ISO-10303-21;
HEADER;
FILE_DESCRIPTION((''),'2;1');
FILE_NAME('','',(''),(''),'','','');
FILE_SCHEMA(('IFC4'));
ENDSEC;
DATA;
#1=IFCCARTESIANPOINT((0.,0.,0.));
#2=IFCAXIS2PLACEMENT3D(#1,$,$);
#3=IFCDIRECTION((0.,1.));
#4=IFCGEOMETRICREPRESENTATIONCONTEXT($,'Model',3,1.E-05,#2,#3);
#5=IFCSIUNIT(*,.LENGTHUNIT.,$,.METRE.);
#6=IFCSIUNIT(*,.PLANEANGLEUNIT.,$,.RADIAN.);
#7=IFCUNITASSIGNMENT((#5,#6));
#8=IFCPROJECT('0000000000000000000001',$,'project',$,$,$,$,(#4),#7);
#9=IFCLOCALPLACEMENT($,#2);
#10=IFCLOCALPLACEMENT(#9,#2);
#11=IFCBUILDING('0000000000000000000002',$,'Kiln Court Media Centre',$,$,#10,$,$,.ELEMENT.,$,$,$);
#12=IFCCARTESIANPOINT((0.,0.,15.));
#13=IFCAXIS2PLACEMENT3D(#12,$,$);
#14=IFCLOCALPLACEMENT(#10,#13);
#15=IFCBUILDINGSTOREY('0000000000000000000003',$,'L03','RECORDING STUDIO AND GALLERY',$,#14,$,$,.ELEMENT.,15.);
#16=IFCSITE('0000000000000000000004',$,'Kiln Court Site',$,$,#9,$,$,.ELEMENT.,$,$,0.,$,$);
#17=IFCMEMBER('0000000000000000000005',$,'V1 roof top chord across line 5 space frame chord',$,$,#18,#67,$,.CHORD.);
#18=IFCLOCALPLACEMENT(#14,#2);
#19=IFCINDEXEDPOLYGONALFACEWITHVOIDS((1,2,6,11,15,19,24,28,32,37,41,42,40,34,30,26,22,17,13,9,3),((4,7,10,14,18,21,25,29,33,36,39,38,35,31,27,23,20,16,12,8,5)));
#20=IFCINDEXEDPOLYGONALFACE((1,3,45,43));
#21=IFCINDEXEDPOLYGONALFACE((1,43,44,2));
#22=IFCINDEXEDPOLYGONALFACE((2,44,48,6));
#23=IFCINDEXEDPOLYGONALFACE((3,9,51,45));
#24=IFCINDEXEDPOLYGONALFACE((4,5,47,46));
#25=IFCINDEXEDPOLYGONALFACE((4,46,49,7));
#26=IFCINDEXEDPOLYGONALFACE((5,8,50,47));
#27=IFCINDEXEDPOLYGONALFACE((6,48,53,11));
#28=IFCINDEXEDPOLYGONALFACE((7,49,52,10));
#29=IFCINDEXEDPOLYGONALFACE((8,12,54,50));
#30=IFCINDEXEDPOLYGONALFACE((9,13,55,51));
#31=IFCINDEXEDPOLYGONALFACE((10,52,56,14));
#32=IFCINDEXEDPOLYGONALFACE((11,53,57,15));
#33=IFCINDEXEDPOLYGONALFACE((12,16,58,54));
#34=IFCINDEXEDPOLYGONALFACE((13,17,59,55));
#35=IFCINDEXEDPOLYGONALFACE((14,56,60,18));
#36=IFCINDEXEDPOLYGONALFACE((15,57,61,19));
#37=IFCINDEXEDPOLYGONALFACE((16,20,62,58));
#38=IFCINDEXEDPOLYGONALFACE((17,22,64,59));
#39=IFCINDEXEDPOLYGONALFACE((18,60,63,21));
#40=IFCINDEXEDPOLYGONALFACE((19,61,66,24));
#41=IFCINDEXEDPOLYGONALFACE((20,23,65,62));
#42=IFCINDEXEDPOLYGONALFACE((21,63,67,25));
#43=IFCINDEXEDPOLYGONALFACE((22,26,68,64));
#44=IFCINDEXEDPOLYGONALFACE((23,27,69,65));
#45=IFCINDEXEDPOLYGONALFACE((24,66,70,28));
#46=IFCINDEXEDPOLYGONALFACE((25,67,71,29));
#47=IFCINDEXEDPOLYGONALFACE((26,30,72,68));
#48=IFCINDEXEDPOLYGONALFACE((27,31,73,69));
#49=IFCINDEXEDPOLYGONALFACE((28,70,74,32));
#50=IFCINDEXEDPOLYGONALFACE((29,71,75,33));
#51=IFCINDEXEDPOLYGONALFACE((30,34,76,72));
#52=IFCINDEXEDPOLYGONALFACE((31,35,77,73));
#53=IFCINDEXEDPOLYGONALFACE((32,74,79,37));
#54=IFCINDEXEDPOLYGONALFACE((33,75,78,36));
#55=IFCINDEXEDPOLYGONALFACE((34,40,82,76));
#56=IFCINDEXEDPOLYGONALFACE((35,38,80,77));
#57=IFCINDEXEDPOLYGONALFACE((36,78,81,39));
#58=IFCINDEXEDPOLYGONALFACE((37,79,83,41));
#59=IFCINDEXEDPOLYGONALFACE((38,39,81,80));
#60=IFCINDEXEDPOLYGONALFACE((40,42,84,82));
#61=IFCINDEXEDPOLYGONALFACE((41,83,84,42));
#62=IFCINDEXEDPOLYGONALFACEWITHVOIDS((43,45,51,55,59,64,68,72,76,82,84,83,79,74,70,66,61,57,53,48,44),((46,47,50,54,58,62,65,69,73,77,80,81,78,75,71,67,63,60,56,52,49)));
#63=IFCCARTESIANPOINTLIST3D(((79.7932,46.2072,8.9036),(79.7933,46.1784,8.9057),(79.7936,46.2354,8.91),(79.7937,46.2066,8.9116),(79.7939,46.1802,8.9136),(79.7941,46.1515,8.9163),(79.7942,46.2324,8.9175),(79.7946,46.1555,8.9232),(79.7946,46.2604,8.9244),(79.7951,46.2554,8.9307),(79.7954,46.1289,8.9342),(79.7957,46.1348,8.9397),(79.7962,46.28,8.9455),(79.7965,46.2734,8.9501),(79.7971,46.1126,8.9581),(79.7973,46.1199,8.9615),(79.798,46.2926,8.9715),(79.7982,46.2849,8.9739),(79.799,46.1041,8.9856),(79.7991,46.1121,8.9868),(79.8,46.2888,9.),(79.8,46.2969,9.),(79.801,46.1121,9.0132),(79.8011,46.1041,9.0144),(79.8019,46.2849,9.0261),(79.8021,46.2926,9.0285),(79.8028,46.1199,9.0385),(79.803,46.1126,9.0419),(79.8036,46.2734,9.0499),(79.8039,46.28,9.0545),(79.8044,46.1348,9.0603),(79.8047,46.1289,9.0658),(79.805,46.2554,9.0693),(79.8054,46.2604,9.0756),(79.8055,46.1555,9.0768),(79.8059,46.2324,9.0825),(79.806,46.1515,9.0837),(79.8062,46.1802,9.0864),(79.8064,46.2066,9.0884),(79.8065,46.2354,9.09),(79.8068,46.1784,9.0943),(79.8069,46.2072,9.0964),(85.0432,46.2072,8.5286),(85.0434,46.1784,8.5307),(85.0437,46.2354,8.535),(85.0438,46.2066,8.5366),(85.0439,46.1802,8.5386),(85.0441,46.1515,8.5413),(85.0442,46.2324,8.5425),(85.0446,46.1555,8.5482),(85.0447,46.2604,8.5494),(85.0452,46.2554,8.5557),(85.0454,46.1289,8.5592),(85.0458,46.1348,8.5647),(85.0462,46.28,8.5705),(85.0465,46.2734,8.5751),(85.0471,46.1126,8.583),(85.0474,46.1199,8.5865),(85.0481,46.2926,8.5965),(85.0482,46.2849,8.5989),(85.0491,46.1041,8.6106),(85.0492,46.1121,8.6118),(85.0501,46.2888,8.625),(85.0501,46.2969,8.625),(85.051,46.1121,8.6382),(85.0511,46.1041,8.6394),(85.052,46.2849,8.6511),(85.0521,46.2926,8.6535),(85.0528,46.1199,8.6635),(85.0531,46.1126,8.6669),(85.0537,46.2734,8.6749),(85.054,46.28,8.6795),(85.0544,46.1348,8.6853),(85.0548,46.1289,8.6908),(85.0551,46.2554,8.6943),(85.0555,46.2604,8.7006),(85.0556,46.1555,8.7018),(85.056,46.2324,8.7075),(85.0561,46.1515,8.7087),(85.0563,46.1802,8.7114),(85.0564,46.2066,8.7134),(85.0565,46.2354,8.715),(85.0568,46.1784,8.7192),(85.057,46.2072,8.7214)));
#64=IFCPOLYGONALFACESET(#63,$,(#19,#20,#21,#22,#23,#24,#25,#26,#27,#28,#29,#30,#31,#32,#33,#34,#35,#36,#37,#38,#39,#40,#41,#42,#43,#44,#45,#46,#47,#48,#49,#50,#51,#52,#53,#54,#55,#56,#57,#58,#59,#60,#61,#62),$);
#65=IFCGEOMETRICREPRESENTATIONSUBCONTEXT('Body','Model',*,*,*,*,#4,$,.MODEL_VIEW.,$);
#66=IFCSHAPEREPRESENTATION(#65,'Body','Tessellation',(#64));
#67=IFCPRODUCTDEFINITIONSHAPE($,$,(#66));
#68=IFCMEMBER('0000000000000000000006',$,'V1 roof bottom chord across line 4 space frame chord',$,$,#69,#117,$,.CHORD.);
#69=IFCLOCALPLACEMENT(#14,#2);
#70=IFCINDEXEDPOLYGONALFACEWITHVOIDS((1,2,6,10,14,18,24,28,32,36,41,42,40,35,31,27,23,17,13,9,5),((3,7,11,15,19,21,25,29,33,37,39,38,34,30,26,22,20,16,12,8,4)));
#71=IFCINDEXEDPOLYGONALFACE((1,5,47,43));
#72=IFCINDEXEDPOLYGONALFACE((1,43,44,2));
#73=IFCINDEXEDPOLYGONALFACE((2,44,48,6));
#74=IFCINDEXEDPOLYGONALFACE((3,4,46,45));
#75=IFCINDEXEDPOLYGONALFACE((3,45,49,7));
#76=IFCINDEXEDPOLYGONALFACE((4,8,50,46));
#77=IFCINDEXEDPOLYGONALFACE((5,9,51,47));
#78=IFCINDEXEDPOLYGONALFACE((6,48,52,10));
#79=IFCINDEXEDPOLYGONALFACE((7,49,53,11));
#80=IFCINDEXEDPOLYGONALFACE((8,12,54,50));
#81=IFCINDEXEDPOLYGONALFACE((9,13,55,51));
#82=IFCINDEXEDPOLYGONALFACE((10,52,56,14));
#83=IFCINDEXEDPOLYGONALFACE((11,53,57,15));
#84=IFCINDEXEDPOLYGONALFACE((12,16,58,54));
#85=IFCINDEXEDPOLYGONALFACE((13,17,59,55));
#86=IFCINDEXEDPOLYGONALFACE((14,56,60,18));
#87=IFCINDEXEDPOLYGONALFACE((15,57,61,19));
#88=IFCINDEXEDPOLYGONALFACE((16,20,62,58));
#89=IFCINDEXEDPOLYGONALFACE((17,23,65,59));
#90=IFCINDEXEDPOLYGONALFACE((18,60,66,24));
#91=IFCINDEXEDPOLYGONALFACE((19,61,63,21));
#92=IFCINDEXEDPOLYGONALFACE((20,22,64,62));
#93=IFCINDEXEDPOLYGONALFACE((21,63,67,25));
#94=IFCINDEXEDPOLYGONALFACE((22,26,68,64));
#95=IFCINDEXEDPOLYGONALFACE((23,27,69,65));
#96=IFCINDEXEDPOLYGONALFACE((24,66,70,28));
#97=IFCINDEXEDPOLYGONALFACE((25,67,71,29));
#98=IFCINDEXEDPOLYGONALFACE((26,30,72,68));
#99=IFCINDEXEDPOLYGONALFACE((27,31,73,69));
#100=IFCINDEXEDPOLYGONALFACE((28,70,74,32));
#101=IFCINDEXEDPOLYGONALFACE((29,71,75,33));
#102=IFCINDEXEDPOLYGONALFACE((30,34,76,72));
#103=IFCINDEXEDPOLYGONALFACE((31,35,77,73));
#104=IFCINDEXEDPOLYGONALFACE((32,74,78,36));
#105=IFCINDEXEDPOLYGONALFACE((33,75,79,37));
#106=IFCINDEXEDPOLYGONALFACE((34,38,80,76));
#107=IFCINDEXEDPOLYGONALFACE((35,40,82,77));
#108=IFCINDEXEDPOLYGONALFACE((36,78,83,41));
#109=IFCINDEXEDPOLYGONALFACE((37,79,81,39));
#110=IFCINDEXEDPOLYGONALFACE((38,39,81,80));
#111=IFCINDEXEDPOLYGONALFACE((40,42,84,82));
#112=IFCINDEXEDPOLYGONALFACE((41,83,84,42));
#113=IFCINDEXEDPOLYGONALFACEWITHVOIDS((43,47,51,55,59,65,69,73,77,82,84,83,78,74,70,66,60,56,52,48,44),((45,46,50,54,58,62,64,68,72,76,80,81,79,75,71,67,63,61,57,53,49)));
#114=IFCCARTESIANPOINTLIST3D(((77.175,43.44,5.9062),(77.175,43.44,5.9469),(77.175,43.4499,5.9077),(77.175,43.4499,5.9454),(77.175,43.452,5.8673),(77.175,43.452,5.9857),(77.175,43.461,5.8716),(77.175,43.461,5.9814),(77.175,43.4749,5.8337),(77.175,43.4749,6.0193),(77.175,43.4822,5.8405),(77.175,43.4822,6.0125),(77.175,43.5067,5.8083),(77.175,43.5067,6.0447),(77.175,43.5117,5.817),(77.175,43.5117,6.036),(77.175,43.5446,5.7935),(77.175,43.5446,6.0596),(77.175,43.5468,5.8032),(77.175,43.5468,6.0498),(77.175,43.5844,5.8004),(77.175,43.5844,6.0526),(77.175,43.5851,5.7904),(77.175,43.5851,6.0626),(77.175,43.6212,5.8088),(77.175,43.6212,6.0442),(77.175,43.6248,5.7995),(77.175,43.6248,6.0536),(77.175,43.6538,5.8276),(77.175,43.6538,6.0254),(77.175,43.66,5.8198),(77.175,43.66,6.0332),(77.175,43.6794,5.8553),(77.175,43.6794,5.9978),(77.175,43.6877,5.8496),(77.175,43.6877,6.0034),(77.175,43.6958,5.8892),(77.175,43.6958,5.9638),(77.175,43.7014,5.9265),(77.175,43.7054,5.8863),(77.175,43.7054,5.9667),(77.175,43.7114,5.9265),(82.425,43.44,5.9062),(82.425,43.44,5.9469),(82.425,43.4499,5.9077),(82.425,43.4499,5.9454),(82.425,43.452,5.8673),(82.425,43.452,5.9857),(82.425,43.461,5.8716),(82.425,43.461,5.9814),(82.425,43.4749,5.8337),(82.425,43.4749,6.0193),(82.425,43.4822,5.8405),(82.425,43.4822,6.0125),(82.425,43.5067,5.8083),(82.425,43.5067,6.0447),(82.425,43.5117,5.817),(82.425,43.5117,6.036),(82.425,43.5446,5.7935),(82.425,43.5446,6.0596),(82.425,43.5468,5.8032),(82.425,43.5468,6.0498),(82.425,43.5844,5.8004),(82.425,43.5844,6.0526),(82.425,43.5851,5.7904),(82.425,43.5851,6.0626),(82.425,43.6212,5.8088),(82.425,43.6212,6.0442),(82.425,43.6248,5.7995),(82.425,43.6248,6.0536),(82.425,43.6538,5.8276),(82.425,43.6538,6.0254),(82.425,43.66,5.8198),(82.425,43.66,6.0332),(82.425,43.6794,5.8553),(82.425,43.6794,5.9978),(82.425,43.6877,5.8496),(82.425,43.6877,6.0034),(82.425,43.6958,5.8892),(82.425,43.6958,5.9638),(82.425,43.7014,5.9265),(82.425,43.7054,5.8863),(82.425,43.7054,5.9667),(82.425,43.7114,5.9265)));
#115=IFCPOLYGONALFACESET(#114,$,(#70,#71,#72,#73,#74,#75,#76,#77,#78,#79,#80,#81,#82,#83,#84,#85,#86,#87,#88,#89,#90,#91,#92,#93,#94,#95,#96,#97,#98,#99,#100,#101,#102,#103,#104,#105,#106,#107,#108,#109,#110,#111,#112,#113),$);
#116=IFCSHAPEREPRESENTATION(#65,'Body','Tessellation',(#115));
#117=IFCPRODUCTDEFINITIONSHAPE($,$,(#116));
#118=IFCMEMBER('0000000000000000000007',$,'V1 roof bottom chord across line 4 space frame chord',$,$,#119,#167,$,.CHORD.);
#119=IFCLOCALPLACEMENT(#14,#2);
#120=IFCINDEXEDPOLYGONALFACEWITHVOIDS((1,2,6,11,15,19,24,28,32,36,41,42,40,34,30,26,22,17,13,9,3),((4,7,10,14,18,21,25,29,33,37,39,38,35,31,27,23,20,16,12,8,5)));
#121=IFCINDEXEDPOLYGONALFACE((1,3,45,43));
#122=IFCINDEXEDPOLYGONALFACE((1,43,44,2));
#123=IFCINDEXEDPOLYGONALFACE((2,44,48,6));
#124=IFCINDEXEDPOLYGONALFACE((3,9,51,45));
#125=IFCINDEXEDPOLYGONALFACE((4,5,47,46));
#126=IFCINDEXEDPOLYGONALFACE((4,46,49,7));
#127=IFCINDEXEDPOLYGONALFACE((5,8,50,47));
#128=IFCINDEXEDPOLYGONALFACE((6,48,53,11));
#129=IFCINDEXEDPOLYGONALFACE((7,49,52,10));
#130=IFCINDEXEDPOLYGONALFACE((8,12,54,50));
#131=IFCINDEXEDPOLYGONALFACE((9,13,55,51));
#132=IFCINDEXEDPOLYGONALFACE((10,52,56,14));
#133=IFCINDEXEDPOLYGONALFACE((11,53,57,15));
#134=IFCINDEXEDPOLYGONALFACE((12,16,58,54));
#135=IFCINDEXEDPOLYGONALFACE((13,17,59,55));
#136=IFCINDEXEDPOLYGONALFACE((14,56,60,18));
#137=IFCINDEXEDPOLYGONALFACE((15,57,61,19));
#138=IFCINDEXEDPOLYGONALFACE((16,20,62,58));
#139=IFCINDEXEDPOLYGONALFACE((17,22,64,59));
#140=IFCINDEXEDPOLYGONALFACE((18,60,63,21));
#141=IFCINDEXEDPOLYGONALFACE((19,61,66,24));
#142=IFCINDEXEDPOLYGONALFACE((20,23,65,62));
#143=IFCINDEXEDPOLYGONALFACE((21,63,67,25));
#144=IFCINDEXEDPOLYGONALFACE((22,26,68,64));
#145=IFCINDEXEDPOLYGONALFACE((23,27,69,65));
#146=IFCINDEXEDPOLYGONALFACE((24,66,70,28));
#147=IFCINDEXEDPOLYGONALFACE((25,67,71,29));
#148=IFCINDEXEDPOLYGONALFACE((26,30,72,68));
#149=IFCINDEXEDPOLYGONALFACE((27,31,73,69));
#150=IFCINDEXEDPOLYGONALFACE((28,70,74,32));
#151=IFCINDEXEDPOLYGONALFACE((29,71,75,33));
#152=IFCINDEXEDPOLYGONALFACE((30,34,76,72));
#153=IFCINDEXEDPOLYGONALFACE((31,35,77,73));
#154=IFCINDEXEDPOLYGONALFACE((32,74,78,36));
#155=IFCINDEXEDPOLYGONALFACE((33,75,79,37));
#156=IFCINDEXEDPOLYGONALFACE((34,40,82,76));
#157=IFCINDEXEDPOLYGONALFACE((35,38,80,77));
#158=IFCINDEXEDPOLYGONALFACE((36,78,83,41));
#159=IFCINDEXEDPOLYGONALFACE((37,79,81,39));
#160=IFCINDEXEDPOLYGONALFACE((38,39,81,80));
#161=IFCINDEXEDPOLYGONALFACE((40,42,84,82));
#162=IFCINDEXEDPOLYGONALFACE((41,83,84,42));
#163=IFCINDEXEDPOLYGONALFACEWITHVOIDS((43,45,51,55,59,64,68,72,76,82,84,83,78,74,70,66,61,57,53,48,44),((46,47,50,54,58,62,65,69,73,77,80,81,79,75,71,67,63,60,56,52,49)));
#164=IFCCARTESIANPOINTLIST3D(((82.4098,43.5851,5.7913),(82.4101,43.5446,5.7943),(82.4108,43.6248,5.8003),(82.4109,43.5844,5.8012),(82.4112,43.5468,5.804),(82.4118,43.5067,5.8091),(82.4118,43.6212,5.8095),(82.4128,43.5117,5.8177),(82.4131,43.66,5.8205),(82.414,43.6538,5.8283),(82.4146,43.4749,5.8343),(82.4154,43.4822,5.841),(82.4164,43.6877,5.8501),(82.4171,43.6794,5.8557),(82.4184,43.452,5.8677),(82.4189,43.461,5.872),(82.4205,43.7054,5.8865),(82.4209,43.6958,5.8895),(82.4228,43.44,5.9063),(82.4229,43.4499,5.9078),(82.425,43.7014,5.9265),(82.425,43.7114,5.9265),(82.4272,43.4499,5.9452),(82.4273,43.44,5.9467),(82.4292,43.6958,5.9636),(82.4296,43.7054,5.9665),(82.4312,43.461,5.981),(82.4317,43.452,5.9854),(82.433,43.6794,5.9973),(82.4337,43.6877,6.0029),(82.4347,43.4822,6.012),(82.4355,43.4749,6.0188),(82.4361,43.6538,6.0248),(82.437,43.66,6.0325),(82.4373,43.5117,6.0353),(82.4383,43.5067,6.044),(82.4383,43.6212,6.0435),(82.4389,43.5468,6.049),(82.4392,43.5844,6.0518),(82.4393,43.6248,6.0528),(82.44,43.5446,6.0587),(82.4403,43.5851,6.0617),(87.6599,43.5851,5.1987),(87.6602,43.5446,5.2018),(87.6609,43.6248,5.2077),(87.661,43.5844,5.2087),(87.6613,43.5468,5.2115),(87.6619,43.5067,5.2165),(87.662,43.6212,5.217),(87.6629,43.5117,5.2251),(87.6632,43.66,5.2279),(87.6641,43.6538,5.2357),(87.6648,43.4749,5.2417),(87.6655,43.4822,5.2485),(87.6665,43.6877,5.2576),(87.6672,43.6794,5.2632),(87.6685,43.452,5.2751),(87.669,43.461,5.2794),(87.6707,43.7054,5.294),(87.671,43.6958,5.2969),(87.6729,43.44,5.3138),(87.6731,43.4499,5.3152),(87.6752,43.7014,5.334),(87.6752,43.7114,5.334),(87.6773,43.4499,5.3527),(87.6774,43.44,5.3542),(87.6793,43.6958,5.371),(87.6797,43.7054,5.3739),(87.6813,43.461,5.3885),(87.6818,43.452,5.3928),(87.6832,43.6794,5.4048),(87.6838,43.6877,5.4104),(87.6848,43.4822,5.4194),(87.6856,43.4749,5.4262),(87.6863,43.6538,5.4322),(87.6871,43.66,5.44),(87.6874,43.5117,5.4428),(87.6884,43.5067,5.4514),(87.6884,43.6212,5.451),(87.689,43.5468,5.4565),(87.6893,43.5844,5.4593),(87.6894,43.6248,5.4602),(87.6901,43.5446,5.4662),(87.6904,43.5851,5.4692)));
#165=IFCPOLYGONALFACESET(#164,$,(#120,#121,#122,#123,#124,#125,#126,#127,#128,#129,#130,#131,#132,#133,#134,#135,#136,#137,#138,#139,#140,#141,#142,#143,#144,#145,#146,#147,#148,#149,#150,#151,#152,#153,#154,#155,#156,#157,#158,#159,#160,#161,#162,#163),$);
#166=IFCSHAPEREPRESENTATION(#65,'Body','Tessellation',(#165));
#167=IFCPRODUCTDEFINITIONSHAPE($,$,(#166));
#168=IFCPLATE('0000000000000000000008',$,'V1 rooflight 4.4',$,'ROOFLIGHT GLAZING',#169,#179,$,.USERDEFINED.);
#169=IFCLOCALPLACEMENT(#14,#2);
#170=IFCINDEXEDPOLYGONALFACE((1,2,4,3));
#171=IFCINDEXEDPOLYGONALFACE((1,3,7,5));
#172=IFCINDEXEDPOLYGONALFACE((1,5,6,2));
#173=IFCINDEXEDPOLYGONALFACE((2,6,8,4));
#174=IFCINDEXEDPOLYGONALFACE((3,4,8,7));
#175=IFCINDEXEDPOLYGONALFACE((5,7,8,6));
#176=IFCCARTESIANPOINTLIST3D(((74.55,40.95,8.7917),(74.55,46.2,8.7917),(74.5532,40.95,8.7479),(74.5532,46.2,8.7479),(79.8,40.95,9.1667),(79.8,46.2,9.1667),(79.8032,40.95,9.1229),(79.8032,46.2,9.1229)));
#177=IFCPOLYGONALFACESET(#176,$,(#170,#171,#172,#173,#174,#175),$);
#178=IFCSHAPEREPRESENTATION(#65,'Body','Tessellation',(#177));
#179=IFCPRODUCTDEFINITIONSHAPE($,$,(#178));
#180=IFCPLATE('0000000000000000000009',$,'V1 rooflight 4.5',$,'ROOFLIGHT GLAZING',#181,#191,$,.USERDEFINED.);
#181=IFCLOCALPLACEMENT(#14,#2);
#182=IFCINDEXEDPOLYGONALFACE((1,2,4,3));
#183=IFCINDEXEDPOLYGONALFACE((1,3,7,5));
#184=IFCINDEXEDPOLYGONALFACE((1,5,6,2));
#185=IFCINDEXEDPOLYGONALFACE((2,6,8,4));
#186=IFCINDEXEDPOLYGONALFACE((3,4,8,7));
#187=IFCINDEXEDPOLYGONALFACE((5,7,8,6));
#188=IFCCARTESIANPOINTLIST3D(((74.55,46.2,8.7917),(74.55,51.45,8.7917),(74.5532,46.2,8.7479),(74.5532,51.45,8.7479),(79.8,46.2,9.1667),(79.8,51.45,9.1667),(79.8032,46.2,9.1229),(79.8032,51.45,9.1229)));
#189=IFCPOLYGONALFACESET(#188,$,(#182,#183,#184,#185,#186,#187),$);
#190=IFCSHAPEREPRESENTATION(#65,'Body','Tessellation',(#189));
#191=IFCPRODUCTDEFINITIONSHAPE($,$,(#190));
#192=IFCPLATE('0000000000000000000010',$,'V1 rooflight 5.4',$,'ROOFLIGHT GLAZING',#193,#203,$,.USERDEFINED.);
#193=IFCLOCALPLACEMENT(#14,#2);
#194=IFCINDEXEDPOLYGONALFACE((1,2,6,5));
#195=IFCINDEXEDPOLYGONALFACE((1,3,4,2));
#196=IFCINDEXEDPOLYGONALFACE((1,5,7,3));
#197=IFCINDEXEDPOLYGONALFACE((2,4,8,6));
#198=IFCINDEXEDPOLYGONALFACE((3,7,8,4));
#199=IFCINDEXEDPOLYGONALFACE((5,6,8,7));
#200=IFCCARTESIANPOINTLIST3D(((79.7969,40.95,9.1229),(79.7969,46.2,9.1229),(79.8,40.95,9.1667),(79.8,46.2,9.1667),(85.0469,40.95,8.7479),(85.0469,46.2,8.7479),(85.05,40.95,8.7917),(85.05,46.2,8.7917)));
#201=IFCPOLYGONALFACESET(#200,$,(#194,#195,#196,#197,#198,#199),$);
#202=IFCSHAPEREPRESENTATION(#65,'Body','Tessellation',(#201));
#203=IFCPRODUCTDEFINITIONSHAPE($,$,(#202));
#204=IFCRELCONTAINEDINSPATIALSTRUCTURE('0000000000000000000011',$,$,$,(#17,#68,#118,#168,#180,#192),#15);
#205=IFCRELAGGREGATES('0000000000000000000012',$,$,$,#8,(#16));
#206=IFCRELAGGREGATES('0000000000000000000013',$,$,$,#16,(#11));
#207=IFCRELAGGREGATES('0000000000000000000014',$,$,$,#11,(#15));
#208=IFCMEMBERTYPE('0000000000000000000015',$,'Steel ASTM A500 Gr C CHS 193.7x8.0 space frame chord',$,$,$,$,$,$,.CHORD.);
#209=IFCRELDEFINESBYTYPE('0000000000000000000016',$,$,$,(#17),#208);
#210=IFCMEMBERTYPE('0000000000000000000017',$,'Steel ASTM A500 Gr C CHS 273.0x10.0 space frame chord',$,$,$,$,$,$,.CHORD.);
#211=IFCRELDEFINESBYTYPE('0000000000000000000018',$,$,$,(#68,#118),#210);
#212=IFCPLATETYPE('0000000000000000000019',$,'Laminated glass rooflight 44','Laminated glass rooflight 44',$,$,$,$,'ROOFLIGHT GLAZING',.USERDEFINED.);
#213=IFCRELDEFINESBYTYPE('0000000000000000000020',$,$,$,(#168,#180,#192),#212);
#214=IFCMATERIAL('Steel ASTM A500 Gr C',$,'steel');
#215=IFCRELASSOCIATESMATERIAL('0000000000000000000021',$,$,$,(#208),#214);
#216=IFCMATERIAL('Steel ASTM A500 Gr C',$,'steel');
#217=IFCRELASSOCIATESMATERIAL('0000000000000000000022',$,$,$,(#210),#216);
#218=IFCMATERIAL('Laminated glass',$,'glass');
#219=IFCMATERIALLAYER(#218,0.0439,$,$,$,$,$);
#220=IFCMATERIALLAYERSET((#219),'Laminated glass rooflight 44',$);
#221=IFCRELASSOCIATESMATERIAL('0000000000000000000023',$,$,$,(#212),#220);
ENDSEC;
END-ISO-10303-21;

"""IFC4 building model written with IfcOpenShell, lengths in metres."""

from ifc_helpers import new_model, si_unit, direction, frame, origin, origin_2d, place, context, subcontext, project, spatial, polyline, hollow_circle, outline, extrude, material, layer, layer_set, material_profile, profile_set, type_object, element, save


model = new_model("IFC4")

# Units and contexts
model_context = context("Model", 3, precision=1e-05, world=origin(), true_north=direction((0.0, 1.0)))
body_context = subcontext(model_context, "Body", "Model", "MODEL_VIEW")
ifc_project = project(units=[si_unit("LENGTHUNIT", "METRE"), si_unit("PLANEANGLEUNIT", "RADIAN")], contexts=[model_context])

# Site, building, storey
site_placement = place(None, origin())
site = spatial("IfcSite", under=ifc_project, at=site_placement, Name="Kiln Court Site", CompositionType="ELEMENT", RefElevation=0.0)
building_placement = place(site_placement, origin())
building = spatial("IfcBuilding", under=site, at=building_placement, Name="Kiln Court Media Centre", CompositionType="ELEMENT")
storey_placement = place(building_placement, frame((0.0, 0.0, 15.0)))
storey = spatial("IfcBuildingStorey", under=building, at=storey_placement, Name="L03", Description="RECORDING STUDIO AND GALLERY", CompositionType="ELEMENT", Elevation=15.0)

# Members
ifc_material_1 = material(Name="Steel ASTM A500 Gr C", Category="steel")
ifc_material_profile_1 = material_profile(ifc_material_1, hollow_circle(Radius=0.0969, WallThickness=0.0081, at=origin_2d()), Name="CHS 193.7x8.0")
ifc_profile_set_1 = profile_set([ifc_material_profile_1], Name="Steel ASTM A500 Gr C")
member_type_1 = type_object("IfcMemberType", Name="Steel ASTM A500 Gr C CHS 193.7x8.0 space frame chord", PredefinedType="CHORD", material=ifc_profile_set_1)
for number, where, z_axis, x_axis, name in (
    (1, (79.8, 46.2, 9.0), (0.997459, 0.0, -0.071247), (0.0, 1.0, 0.0), "V1 roof top chord across line 5 space frame chord"),
):
    element("IfcMember", number, at=place(storey_placement, frame(where, z_axis=z_axis, x_axis=x_axis)), inside=storey, type_object=member_type_1, Name=name, PredefinedType="CHORD", context=body_context, shape_type="SweptSolid", body=[
        extrude(hollow_circle(Radius=0.0969, WallThickness=0.0081, at=origin_2d()), origin(), (0.0, 0.0, 1.0), 5.2634),
    ])
ifc_material_2 = material(Name="Steel ASTM A500 Gr C", Category="steel")
ifc_material_profile_2 = material_profile(ifc_material_2, hollow_circle(Radius=0.1365, WallThickness=0.01, at=origin_2d()), Name="CHS 273.0x10.0")
ifc_profile_set_2 = profile_set([ifc_material_profile_2], Name="Steel ASTM A500 Gr C")
member_type_2 = type_object("IfcMemberType", Name="Steel ASTM A500 Gr C CHS 273.0x10.0 space frame chord", PredefinedType="CHORD", material=ifc_profile_set_2)
member_1_placement = place(storey_placement, frame((77.175, 43.575, 5.9265), z_axis=(1.0, 0.0, 0.0), x_axis=(0.0, 1.0, 0.0)))
element("IfcMember", 2, at=member_1_placement, inside=storey, type_object=member_type_2, Name="V1 roof bottom chord across line 4 space frame chord", PredefinedType="CHORD", context=body_context, shape_type="SweptSolid", body=[
    extrude(hollow_circle(Radius=0.1365, WallThickness=0.01, at=origin_2d()), origin(), (0.0, 0.0, 1.0), 5.25),
])
member_2_placement = place(storey_placement, frame((82.425, 43.575, 5.9265), z_axis=(0.993691, 0.0, -0.112151), x_axis=(0.0, 1.0, 0.0)))
element("IfcMember", 3, at=member_2_placement, inside=storey, type_object=member_type_2, Name="V1 roof bottom chord across line 4 space frame chord", PredefinedType="CHORD", context=body_context, shape_type="SweptSolid", body=[
    extrude(hollow_circle(Radius=0.1365, WallThickness=0.01, at=origin_2d()), origin(), (0.0, 0.0, 1.0), 5.2834),
])

# Plates
ifc_material_3 = material(Name="Laminated glass", Category="glass")
ifc_layer_1 = layer(ifc_material_3, 0.0439)
ifc_layer_set_1 = layer_set([ifc_layer_1], Name="Laminated glass rooflight 44")
plate_type_1 = type_object("IfcPlateType", Name="Laminated glass rooflight 44", Description="Laminated glass rooflight 44", ElementType="ROOFLIGHT GLAZING", PredefinedType="USERDEFINED", material=ifc_layer_set_1)
for number, where, z_axis, x_axis, name in (
    (4, (74.55, 40.95, 8.7917), (-0.071247, 0.0, 0.997459), (0.997459, 0.0, 0.071247), "V1 rooflight 4.4"),
    (5, (74.55, 46.2, 8.7917), (-0.071247, 0.0, 0.997459), (0.997459, 0.0, 0.071247), "V1 rooflight 4.5"),
    (6, (79.8, 40.95, 9.1667), (0.071247, 0.0, 0.997459), (0.997459, 0.0, -0.071247), "V1 rooflight 5.4"),
):
    element("IfcPlate", number, at=place(storey_placement, frame(where, z_axis=z_axis, x_axis=x_axis)), inside=storey, type_object=plate_type_1, Name=name, ObjectType="ROOFLIGHT GLAZING", PredefinedType="USERDEFINED", context=body_context, shape_type="SweptSolid", body=[
        extrude(outline(polyline([(0.0, 0.0), (5.2634, 0.0), (5.2634, 5.25), (0.0, 5.25), (0.0, 0.0)])), origin(), (0.0, 0.0, -1.0), 0.0439),
    ])

save(model, "model.ifc")
